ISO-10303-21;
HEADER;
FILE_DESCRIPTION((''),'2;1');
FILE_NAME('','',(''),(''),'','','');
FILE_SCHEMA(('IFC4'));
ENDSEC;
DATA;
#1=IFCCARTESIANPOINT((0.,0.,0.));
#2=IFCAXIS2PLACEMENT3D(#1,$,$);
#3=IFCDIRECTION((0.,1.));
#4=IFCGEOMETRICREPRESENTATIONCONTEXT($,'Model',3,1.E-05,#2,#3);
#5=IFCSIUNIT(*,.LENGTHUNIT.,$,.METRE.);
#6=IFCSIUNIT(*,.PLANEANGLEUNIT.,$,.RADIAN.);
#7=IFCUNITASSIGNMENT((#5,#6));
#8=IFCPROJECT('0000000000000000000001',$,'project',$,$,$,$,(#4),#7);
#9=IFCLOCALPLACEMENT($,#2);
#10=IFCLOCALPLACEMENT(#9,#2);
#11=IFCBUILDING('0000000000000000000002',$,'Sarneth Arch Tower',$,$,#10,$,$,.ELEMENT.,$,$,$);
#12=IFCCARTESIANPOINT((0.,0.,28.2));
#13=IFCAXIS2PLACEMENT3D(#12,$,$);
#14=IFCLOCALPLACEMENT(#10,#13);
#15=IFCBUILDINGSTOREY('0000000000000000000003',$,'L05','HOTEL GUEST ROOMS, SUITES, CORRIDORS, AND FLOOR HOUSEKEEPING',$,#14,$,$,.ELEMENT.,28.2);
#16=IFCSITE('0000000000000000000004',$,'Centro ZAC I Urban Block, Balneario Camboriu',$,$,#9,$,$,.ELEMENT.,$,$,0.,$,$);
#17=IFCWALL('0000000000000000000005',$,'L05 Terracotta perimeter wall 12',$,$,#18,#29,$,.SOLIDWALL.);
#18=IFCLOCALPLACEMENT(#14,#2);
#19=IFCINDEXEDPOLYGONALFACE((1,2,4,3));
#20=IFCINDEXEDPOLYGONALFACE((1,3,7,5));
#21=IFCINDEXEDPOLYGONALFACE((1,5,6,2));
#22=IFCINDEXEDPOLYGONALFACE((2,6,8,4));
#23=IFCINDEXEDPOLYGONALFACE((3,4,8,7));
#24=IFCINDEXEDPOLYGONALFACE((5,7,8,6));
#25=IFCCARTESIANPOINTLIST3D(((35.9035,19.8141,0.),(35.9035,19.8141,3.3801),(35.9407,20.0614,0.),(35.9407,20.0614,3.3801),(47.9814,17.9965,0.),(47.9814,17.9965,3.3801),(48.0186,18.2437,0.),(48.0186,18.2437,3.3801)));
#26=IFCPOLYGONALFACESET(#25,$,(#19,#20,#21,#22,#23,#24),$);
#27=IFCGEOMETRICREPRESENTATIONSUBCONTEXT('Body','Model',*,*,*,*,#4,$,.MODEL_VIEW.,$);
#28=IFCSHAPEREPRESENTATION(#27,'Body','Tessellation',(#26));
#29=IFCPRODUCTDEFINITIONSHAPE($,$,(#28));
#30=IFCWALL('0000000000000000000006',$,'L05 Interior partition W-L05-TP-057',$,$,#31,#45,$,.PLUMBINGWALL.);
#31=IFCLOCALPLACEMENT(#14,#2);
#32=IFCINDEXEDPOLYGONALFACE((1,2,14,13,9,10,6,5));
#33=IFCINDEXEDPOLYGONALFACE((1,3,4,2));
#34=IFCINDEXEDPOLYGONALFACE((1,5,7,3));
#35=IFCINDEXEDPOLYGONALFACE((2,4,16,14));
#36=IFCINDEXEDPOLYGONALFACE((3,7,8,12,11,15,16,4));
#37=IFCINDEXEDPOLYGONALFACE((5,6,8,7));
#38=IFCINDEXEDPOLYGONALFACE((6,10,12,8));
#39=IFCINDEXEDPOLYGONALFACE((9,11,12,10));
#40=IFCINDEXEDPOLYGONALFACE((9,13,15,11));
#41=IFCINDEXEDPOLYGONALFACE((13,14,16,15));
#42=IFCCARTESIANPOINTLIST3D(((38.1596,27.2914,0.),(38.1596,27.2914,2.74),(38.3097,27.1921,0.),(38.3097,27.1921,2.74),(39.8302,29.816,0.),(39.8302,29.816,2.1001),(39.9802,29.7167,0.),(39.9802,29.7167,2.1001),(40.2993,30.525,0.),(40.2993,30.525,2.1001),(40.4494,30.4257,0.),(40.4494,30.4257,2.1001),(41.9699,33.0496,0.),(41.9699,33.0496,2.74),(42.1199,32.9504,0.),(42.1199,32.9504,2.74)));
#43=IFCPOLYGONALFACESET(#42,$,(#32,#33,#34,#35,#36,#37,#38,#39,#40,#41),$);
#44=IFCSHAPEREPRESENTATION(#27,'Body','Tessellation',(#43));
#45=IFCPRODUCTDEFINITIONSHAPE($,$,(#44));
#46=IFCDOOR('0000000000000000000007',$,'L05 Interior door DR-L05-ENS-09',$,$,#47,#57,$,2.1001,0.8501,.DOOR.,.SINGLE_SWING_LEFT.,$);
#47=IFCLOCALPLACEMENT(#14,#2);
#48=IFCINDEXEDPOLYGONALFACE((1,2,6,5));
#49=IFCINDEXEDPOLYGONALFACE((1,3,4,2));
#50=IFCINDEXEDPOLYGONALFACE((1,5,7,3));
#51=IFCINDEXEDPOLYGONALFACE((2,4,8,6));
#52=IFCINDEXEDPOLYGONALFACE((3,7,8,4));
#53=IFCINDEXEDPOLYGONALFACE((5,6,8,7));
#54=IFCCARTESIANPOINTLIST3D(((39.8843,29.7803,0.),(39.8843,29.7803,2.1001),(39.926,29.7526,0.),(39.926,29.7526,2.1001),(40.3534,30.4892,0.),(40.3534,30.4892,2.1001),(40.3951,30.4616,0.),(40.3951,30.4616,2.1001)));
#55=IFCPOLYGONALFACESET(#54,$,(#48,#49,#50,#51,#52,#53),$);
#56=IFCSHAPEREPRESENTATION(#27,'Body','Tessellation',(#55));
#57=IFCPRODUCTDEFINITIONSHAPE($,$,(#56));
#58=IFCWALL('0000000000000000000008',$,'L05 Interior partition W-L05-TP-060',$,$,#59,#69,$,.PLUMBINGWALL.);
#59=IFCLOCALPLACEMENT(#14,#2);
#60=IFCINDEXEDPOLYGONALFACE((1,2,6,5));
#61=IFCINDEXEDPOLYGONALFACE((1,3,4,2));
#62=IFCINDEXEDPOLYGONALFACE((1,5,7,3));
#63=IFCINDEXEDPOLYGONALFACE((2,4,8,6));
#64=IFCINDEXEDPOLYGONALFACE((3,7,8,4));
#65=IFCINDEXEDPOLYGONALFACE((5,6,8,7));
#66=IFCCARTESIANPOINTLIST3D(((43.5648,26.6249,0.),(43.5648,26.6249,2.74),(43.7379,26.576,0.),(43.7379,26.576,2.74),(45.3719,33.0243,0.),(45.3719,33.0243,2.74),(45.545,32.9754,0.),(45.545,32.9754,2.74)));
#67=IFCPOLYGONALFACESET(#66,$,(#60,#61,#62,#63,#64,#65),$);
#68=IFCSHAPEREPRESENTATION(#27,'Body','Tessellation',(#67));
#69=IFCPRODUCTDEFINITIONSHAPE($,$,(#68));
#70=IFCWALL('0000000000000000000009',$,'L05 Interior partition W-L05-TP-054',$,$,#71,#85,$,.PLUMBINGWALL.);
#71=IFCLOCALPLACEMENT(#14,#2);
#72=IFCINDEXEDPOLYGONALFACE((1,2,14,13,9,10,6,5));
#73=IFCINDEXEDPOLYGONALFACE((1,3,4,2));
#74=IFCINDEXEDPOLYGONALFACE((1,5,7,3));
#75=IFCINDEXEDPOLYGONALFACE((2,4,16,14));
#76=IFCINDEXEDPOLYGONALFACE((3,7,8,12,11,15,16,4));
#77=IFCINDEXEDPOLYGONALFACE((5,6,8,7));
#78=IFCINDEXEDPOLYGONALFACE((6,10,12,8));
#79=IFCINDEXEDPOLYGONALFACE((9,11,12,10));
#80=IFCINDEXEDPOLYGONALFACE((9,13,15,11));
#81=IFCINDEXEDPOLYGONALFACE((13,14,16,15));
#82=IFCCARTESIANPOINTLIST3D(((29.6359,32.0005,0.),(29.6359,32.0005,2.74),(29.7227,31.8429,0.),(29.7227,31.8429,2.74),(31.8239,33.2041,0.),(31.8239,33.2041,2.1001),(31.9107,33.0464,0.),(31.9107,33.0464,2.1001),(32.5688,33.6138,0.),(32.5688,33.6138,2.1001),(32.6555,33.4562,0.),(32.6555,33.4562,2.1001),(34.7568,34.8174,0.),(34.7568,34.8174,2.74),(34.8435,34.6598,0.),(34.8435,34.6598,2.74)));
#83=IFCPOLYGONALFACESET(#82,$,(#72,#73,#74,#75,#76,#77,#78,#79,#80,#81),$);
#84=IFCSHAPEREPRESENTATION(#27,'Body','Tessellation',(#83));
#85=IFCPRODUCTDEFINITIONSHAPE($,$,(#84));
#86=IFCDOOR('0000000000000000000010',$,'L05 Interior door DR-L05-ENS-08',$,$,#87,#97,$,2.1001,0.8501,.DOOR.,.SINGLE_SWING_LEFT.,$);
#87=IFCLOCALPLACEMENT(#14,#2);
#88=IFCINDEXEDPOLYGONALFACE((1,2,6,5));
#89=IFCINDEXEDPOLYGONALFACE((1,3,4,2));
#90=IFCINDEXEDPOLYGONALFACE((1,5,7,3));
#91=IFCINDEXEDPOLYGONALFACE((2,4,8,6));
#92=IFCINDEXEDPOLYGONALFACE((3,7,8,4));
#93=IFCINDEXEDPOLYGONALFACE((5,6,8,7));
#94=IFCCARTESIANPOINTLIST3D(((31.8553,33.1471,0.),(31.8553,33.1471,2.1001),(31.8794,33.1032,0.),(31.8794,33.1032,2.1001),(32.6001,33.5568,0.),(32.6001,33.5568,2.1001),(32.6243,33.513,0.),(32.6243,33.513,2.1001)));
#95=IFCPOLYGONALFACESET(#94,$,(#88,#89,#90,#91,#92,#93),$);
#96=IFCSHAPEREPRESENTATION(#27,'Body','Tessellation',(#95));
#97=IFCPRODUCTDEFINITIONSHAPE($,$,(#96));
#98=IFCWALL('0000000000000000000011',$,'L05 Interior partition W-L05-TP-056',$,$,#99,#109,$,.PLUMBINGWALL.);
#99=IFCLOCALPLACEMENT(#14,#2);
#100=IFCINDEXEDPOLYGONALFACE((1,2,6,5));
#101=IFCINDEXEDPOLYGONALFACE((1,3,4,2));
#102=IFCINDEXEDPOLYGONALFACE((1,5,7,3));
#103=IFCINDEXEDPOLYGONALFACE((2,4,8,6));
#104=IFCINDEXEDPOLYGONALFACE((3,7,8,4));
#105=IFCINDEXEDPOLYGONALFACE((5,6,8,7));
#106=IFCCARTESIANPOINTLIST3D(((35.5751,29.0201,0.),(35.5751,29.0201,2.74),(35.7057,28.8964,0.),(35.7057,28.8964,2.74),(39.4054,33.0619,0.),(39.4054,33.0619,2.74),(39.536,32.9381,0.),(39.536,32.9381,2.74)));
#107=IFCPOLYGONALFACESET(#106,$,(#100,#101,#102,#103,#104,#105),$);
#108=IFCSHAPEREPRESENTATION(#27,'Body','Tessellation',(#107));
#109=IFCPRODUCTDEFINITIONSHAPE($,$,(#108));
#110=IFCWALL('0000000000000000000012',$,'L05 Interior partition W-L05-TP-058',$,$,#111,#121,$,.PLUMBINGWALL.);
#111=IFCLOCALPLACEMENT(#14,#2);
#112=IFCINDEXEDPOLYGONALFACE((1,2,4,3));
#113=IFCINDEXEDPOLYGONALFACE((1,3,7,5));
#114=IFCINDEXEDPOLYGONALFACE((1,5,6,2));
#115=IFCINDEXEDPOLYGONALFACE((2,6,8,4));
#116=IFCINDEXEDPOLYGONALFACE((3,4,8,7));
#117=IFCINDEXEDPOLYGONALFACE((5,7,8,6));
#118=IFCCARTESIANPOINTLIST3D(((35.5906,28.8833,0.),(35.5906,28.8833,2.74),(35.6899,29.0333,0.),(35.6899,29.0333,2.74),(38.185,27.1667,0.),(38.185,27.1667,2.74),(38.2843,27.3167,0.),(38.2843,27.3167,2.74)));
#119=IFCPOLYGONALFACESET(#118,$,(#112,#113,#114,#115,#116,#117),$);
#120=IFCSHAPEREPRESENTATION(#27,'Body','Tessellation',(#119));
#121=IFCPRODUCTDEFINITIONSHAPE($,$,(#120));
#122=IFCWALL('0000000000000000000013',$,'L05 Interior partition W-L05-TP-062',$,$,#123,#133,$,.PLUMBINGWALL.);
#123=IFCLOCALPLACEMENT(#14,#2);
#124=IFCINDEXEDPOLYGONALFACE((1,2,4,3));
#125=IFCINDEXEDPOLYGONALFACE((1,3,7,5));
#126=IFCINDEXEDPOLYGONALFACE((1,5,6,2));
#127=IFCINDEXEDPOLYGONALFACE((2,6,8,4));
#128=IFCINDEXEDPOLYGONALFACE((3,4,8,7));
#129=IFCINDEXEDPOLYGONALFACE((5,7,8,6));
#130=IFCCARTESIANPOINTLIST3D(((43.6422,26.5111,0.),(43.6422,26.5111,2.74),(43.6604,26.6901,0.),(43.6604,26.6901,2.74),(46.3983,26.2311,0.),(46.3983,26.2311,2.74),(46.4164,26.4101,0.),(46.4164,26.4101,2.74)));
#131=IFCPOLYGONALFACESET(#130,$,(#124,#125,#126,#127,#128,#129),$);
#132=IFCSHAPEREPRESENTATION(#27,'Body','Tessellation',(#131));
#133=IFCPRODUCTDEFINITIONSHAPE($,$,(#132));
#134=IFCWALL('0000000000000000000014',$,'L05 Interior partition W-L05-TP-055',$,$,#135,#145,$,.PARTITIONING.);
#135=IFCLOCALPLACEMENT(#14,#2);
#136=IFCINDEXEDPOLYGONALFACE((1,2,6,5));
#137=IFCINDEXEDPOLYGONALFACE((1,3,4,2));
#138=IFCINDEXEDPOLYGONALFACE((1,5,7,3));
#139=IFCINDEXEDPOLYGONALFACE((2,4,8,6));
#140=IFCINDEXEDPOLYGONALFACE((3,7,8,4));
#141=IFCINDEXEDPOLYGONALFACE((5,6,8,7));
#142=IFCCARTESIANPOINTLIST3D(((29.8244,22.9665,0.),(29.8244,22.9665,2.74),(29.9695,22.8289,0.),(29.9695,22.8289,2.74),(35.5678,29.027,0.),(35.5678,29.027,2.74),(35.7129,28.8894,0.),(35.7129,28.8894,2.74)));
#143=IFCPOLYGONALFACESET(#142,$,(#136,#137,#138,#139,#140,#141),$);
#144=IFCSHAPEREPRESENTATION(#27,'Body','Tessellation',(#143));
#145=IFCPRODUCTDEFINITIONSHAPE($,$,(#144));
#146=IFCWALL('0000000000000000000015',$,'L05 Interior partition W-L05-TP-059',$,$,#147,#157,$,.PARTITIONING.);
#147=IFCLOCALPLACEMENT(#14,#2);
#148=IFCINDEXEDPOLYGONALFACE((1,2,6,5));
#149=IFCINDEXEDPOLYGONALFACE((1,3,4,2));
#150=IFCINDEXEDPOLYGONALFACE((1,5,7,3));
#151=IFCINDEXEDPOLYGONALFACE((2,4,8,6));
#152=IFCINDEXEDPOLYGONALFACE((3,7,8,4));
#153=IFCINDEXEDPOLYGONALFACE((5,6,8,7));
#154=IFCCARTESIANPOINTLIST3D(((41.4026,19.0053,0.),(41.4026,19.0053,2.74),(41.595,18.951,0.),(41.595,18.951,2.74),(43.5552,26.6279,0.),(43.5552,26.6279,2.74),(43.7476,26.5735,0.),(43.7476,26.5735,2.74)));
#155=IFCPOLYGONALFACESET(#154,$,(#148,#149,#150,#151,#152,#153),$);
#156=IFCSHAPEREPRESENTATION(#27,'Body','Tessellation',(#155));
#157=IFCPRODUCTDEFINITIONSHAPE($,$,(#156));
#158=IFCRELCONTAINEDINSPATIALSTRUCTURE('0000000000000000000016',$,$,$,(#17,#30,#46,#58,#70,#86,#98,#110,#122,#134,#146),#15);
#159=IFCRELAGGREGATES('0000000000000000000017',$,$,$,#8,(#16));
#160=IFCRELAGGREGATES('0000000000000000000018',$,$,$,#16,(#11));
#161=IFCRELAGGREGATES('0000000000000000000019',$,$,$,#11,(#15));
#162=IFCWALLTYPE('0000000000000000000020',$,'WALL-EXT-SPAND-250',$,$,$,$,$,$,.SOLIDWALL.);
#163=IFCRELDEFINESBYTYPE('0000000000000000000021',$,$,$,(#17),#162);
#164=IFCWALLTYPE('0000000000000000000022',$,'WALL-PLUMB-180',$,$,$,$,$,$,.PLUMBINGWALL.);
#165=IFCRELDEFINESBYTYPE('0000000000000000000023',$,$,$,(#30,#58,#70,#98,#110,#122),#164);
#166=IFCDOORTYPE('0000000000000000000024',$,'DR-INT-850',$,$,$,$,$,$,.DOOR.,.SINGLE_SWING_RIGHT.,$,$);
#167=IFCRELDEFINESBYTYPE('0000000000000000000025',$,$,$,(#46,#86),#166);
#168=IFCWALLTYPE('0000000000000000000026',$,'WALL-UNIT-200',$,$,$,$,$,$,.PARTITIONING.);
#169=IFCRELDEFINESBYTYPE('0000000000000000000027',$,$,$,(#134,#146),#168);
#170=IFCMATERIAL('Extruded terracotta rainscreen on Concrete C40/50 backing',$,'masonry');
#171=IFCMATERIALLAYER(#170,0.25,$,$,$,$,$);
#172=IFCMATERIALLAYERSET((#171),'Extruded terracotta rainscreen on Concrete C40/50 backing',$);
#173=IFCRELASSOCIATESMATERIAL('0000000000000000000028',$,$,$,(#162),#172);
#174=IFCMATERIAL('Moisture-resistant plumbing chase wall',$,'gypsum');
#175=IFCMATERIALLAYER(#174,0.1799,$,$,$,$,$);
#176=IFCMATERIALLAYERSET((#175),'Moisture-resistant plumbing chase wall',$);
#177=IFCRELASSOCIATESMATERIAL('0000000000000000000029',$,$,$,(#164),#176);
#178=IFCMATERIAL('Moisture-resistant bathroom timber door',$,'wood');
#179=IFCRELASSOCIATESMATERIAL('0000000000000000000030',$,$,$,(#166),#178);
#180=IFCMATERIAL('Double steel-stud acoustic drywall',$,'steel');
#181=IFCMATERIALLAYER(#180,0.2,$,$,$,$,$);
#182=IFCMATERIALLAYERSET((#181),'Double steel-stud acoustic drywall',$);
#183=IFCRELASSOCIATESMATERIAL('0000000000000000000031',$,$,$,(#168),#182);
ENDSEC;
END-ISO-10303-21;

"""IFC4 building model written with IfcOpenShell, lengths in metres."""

from ifc_helpers import new_model, si_unit, direction, frame, frame_2d, origin, place, context, subcontext, project, spatial, rectangle, extrude, material, layer, layer_set, type_object, element, fill, save


model = new_model("IFC4")

# Units and contexts
model_context = context("Model", 3, precision=1e-05, world=origin(), true_north=direction((0.0, 1.0)))
body_context = subcontext(model_context, "Body", "Model", "MODEL_VIEW")
ifc_project = project(units=[si_unit("LENGTHUNIT", "METRE"), si_unit("PLANEANGLEUNIT", "RADIAN")], contexts=[model_context])

# Site, building, storey
site_placement = place(None, origin())
site = spatial("IfcSite", under=ifc_project, at=site_placement, Name="Centro ZAC I Urban Block, Balneario Camboriu", CompositionType="ELEMENT", RefElevation=0.0)
building_placement = place(site_placement, origin())
building = spatial("IfcBuilding", under=site, at=building_placement, Name="Sarneth Arch Tower", CompositionType="ELEMENT")
storey_placement = place(building_placement, frame((0.0, 0.0, 28.2)))
storey = spatial("IfcBuildingStorey", under=building, at=storey_placement, Name="L05", Description="HOTEL GUEST ROOMS, SUITES, CORRIDORS, AND FLOOR HOUSEKEEPING", CompositionType="ELEMENT", Elevation=28.2)

# Wall
ifc_material_1 = material(Name="Extruded terracotta rainscreen on Concrete C40/50 backing", Category="masonry")
ifc_layer_1 = layer(ifc_material_1, 0.25)
ifc_layer_set_1 = layer_set([ifc_layer_1], Name="Extruded terracotta rainscreen on Concrete C40/50 backing")
wall_type_1 = type_object("IfcWallType", Name="WALL-EXT-SPAND-250", PredefinedType="SOLIDWALL", material=ifc_layer_set_1)
wall_1_placement = place(storey_placement, frame((35.9221, 19.9377, 0.0), z_axis=(0.0, 0.0, 1.0), x_axis=(0.988865, -0.148816, 0.0)))
element("IfcWall", 1, at=wall_1_placement, inside=storey, type_object=wall_type_1, Name="L05 Terracotta perimeter wall 12", PredefinedType="SOLIDWALL", context=body_context, shape_type="SweptSolid", body=[
    extrude(rectangle(XDim=12.2139, YDim=0.25, at=frame_2d((6.1069, 0.0))), origin(), (0.0, 0.0, 1.0), 3.3801),
])

# Wall, opening, door
ifc_material_2 = material(Name="Moisture-resistant plumbing chase wall", Category="gypsum")
ifc_layer_2 = layer(ifc_material_2, 0.1799)
ifc_layer_set_2 = layer_set([ifc_layer_2], Name="Moisture-resistant plumbing chase wall")
wall_type_2 = type_object("IfcWallType", Name="WALL-PLUMB-180", PredefinedType="PLUMBINGWALL", material=ifc_layer_set_2)
wall_2_placement = place(storey_placement, frame((42.0449, 33.0, 0.0), z_axis=(0.0, 0.0, 1.0), x_axis=(-0.551833, -0.833955, 0.0)))
wall_2 = element("IfcWall", 2, at=wall_2_placement, inside=storey, type_object=wall_type_2, Name="L05 Interior partition W-L05-TP-057", PredefinedType="PLUMBINGWALL", context=body_context, shape_type="SweptSolid", body=[
    extrude(rectangle(XDim=6.9048, YDim=0.1799, at=frame_2d((3.4524, 0.0))), origin(), (0.0, 0.0, 1.0), 2.74),
])
opening_1_placement = place(wall_2_placement, frame((3.0273, 0.0, 0.0)))
opening_1 = element("IfcOpeningElement", 3, at=opening_1_placement, cuts=wall_2, PredefinedType="OPENING", context=body_context, shape_type="SweptSolid", body=[
    extrude(rectangle(XDim=0.8501, YDim=2.1001, at=frame_2d((0.425, 1.05))), frame((0.0, 0.0999, 0.0), z_axis=(0.0, -1.0, 0.0), x_axis=(1.0, 0.0, 0.0)), (0.0, 0.0, 1.0), 0.2),
])
ifc_material_3 = material(Name="Moisture-resistant bathroom timber door", Category="wood")
door_type_1 = type_object("IfcDoorType", Name="DR-INT-850", OperationType="SINGLE_SWING_RIGHT", PredefinedType="DOOR", material=ifc_material_3)
door_1_placement = place(opening_1_placement, origin())
door_1 = element("IfcDoor", 4, at=door_1_placement, inside=storey, type_object=door_type_1, Name="L05 Interior door DR-L05-ENS-09", OperationType="SINGLE_SWING_LEFT", OverallHeight=2.1001, OverallWidth=0.8501, PredefinedType="DOOR", context=body_context, shape_type="SweptSolid", body=[
    extrude(rectangle(XDim=0.8501, YDim=2.1001, at=frame_2d((0.425, 1.05))), frame((0.0, 0.0249, 0.0), z_axis=(0.0, -1.0, 0.0), x_axis=(1.0, 0.0, 0.0)), (0.0, 0.0, 1.0), 0.05),
])
fill(opening_1, door_1)

# Wall
wall_3_placement = place(storey_placement, frame((43.6514, 26.6006, 0.0), z_axis=(0.0, 0.0, 1.0), x_axis=(0.271762, 0.962365, 0.0)))
element("IfcWall", 5, at=wall_3_placement, inside=storey, type_object=wall_type_2, Name="L05 Interior partition W-L05-TP-060", PredefinedType="PLUMBINGWALL", context=body_context, shape_type="SweptSolid", body=[
    extrude(rectangle(XDim=6.6497, YDim=0.1799, at=frame_2d((3.3247, 0.0))), origin(), (0.0, 0.0, 1.0), 2.74),
])

# Wall, opening, door
wall_4_placement = place(storey_placement, frame((29.6792, 31.9216, 0.0), z_axis=(0.0, 0.0, 1.0), x_axis=(0.876185, 0.481975, 0.0)))
wall_4 = element("IfcWall", 6, at=wall_4_placement, inside=storey, type_object=wall_type_2, Name="L05 Interior partition W-L05-TP-054", PredefinedType="PLUMBINGWALL", context=body_context, shape_type="SweptSolid", body=[
    extrude(rectangle(XDim=5.8445, YDim=0.1799, at=frame_2d((2.9224, 0.0))), origin(), (0.0, 0.0, 1.0), 2.74),
])
opening_2_placement = place(wall_4_placement, frame((2.4973, 0.0, 0.0)))
opening_2 = element("IfcOpeningElement", 7, at=opening_2_placement, cuts=wall_4, PredefinedType="OPENING", context=body_context, shape_type="SweptSolid", body=[
    extrude(rectangle(XDim=0.8501, YDim=2.1001, at=frame_2d((0.425, 1.05))), frame((0.0, 0.0999, 0.0), z_axis=(0.0, -1.0, 0.0), x_axis=(1.0, 0.0, 0.0)), (0.0, 0.0, 1.0), 0.2),
])
door_2_placement = place(opening_2_placement, origin())
door_2 = element("IfcDoor", 8, at=door_2_placement, inside=storey, type_object=door_type_1, Name="L05 Interior door DR-L05-ENS-08", OperationType="SINGLE_SWING_LEFT", OverallHeight=2.1001, OverallWidth=0.8501, PredefinedType="DOOR", context=body_context, shape_type="SweptSolid", body=[
    extrude(rectangle(XDim=0.8501, YDim=2.1001, at=frame_2d((0.425, 1.05))), frame((0.0, 0.0249, 0.0), z_axis=(0.0, -1.0, 0.0), x_axis=(1.0, 0.0, 0.0)), (0.0, 0.0, 1.0), 0.05),
])
fill(opening_2, door_2)

# Walls
wall_5_placement = place(storey_placement, frame((35.6404, 28.9583, 0.0), z_axis=(0.0, 0.0, 1.0), x_axis=(0.687867, 0.725836, 0.0)))
element("IfcWall", 9, at=wall_5_placement, inside=storey, type_object=wall_type_2, Name="L05 Interior partition W-L05-TP-056", PredefinedType="PLUMBINGWALL", context=body_context, shape_type="SweptSolid", body=[
    extrude(rectangle(XDim=5.5684, YDim=0.1799, at=frame_2d((2.7842, 0.0))), origin(), (0.0, 0.0, 1.0), 2.74),
])
wall_6_placement = place(storey_placement, frame((38.2346, 27.2417, 0.0), z_axis=(0.0, 0.0, 1.0), x_axis=(-0.833965, 0.551817, 0.0)))
element("IfcWall", 10, at=wall_6_placement, inside=storey, type_object=wall_type_2, Name="L05 Interior partition W-L05-TP-058", PredefinedType="PLUMBINGWALL", context=body_context, shape_type="SweptSolid", body=[
    extrude(rectangle(XDim=3.1108, YDim=0.1799, at=frame_2d((1.5554, 0.0))), origin(), (0.0, 0.0, 1.0), 2.74),
])
wall_7_placement = place(storey_placement, frame((46.4075, 26.3206, 0.0), z_axis=(0.0, 0.0, 1.0), x_axis=(-0.994878, 0.101083, 0.0)))
element("IfcWall", 11, at=wall_7_placement, inside=storey, type_object=wall_type_2, Name="L05 Interior partition W-L05-TP-062", PredefinedType="PLUMBINGWALL", context=body_context, shape_type="SweptSolid", body=[
    extrude(rectangle(XDim=2.7703, YDim=0.1799, at=frame_2d((1.3853, 0.0))), origin(), (0.0, 0.0, 1.0), 2.74),
])
ifc_material_4 = material(Name="Double steel-stud acoustic drywall", Category="steel")
ifc_layer_3 = layer(ifc_material_4, 0.2)
ifc_layer_set_3 = layer_set([ifc_layer_3], Name="Double steel-stud acoustic drywall")
wall_type_3 = type_object("IfcWallType", Name="WALL-UNIT-200", PredefinedType="PARTITIONING", material=ifc_layer_set_3)
wall_8_placement = place(storey_placement, frame((29.897, 22.8977, 0.0), z_axis=(0.0, 0.0, 1.0), x_axis=(0.687861, 0.725843, 0.0)))
element("IfcWall", 12, at=wall_8_placement, inside=storey, type_object=wall_type_3, Name="L05 Interior partition W-L05-TP-055", PredefinedType="PARTITIONING", context=body_context, shape_type="SweptSolid", body=[
    extrude(rectangle(XDim=8.3496, YDim=0.2, at=frame_2d((4.1748, 0.0))), origin(), (0.0, 0.0, 1.0), 2.74),
])
wall_9_placement = place(storey_placement, frame((41.4988, 18.978, 0.0), z_axis=(0.0, 0.0, 1.0), x_axis=(0.271768, 0.962363, 0.0)))
element("IfcWall", 13, at=wall_9_placement, inside=storey, type_object=wall_type_3, Name="L05 Interior partition W-L05-TP-059", PredefinedType="PARTITIONING", context=body_context, shape_type="SweptSolid", body=[
    extrude(rectangle(XDim=7.9207, YDim=0.2, at=frame_2d((3.9604, 0.0))), origin(), (0.0, 0.0, 1.0), 2.74),
])

save(model, "model.ifc")
